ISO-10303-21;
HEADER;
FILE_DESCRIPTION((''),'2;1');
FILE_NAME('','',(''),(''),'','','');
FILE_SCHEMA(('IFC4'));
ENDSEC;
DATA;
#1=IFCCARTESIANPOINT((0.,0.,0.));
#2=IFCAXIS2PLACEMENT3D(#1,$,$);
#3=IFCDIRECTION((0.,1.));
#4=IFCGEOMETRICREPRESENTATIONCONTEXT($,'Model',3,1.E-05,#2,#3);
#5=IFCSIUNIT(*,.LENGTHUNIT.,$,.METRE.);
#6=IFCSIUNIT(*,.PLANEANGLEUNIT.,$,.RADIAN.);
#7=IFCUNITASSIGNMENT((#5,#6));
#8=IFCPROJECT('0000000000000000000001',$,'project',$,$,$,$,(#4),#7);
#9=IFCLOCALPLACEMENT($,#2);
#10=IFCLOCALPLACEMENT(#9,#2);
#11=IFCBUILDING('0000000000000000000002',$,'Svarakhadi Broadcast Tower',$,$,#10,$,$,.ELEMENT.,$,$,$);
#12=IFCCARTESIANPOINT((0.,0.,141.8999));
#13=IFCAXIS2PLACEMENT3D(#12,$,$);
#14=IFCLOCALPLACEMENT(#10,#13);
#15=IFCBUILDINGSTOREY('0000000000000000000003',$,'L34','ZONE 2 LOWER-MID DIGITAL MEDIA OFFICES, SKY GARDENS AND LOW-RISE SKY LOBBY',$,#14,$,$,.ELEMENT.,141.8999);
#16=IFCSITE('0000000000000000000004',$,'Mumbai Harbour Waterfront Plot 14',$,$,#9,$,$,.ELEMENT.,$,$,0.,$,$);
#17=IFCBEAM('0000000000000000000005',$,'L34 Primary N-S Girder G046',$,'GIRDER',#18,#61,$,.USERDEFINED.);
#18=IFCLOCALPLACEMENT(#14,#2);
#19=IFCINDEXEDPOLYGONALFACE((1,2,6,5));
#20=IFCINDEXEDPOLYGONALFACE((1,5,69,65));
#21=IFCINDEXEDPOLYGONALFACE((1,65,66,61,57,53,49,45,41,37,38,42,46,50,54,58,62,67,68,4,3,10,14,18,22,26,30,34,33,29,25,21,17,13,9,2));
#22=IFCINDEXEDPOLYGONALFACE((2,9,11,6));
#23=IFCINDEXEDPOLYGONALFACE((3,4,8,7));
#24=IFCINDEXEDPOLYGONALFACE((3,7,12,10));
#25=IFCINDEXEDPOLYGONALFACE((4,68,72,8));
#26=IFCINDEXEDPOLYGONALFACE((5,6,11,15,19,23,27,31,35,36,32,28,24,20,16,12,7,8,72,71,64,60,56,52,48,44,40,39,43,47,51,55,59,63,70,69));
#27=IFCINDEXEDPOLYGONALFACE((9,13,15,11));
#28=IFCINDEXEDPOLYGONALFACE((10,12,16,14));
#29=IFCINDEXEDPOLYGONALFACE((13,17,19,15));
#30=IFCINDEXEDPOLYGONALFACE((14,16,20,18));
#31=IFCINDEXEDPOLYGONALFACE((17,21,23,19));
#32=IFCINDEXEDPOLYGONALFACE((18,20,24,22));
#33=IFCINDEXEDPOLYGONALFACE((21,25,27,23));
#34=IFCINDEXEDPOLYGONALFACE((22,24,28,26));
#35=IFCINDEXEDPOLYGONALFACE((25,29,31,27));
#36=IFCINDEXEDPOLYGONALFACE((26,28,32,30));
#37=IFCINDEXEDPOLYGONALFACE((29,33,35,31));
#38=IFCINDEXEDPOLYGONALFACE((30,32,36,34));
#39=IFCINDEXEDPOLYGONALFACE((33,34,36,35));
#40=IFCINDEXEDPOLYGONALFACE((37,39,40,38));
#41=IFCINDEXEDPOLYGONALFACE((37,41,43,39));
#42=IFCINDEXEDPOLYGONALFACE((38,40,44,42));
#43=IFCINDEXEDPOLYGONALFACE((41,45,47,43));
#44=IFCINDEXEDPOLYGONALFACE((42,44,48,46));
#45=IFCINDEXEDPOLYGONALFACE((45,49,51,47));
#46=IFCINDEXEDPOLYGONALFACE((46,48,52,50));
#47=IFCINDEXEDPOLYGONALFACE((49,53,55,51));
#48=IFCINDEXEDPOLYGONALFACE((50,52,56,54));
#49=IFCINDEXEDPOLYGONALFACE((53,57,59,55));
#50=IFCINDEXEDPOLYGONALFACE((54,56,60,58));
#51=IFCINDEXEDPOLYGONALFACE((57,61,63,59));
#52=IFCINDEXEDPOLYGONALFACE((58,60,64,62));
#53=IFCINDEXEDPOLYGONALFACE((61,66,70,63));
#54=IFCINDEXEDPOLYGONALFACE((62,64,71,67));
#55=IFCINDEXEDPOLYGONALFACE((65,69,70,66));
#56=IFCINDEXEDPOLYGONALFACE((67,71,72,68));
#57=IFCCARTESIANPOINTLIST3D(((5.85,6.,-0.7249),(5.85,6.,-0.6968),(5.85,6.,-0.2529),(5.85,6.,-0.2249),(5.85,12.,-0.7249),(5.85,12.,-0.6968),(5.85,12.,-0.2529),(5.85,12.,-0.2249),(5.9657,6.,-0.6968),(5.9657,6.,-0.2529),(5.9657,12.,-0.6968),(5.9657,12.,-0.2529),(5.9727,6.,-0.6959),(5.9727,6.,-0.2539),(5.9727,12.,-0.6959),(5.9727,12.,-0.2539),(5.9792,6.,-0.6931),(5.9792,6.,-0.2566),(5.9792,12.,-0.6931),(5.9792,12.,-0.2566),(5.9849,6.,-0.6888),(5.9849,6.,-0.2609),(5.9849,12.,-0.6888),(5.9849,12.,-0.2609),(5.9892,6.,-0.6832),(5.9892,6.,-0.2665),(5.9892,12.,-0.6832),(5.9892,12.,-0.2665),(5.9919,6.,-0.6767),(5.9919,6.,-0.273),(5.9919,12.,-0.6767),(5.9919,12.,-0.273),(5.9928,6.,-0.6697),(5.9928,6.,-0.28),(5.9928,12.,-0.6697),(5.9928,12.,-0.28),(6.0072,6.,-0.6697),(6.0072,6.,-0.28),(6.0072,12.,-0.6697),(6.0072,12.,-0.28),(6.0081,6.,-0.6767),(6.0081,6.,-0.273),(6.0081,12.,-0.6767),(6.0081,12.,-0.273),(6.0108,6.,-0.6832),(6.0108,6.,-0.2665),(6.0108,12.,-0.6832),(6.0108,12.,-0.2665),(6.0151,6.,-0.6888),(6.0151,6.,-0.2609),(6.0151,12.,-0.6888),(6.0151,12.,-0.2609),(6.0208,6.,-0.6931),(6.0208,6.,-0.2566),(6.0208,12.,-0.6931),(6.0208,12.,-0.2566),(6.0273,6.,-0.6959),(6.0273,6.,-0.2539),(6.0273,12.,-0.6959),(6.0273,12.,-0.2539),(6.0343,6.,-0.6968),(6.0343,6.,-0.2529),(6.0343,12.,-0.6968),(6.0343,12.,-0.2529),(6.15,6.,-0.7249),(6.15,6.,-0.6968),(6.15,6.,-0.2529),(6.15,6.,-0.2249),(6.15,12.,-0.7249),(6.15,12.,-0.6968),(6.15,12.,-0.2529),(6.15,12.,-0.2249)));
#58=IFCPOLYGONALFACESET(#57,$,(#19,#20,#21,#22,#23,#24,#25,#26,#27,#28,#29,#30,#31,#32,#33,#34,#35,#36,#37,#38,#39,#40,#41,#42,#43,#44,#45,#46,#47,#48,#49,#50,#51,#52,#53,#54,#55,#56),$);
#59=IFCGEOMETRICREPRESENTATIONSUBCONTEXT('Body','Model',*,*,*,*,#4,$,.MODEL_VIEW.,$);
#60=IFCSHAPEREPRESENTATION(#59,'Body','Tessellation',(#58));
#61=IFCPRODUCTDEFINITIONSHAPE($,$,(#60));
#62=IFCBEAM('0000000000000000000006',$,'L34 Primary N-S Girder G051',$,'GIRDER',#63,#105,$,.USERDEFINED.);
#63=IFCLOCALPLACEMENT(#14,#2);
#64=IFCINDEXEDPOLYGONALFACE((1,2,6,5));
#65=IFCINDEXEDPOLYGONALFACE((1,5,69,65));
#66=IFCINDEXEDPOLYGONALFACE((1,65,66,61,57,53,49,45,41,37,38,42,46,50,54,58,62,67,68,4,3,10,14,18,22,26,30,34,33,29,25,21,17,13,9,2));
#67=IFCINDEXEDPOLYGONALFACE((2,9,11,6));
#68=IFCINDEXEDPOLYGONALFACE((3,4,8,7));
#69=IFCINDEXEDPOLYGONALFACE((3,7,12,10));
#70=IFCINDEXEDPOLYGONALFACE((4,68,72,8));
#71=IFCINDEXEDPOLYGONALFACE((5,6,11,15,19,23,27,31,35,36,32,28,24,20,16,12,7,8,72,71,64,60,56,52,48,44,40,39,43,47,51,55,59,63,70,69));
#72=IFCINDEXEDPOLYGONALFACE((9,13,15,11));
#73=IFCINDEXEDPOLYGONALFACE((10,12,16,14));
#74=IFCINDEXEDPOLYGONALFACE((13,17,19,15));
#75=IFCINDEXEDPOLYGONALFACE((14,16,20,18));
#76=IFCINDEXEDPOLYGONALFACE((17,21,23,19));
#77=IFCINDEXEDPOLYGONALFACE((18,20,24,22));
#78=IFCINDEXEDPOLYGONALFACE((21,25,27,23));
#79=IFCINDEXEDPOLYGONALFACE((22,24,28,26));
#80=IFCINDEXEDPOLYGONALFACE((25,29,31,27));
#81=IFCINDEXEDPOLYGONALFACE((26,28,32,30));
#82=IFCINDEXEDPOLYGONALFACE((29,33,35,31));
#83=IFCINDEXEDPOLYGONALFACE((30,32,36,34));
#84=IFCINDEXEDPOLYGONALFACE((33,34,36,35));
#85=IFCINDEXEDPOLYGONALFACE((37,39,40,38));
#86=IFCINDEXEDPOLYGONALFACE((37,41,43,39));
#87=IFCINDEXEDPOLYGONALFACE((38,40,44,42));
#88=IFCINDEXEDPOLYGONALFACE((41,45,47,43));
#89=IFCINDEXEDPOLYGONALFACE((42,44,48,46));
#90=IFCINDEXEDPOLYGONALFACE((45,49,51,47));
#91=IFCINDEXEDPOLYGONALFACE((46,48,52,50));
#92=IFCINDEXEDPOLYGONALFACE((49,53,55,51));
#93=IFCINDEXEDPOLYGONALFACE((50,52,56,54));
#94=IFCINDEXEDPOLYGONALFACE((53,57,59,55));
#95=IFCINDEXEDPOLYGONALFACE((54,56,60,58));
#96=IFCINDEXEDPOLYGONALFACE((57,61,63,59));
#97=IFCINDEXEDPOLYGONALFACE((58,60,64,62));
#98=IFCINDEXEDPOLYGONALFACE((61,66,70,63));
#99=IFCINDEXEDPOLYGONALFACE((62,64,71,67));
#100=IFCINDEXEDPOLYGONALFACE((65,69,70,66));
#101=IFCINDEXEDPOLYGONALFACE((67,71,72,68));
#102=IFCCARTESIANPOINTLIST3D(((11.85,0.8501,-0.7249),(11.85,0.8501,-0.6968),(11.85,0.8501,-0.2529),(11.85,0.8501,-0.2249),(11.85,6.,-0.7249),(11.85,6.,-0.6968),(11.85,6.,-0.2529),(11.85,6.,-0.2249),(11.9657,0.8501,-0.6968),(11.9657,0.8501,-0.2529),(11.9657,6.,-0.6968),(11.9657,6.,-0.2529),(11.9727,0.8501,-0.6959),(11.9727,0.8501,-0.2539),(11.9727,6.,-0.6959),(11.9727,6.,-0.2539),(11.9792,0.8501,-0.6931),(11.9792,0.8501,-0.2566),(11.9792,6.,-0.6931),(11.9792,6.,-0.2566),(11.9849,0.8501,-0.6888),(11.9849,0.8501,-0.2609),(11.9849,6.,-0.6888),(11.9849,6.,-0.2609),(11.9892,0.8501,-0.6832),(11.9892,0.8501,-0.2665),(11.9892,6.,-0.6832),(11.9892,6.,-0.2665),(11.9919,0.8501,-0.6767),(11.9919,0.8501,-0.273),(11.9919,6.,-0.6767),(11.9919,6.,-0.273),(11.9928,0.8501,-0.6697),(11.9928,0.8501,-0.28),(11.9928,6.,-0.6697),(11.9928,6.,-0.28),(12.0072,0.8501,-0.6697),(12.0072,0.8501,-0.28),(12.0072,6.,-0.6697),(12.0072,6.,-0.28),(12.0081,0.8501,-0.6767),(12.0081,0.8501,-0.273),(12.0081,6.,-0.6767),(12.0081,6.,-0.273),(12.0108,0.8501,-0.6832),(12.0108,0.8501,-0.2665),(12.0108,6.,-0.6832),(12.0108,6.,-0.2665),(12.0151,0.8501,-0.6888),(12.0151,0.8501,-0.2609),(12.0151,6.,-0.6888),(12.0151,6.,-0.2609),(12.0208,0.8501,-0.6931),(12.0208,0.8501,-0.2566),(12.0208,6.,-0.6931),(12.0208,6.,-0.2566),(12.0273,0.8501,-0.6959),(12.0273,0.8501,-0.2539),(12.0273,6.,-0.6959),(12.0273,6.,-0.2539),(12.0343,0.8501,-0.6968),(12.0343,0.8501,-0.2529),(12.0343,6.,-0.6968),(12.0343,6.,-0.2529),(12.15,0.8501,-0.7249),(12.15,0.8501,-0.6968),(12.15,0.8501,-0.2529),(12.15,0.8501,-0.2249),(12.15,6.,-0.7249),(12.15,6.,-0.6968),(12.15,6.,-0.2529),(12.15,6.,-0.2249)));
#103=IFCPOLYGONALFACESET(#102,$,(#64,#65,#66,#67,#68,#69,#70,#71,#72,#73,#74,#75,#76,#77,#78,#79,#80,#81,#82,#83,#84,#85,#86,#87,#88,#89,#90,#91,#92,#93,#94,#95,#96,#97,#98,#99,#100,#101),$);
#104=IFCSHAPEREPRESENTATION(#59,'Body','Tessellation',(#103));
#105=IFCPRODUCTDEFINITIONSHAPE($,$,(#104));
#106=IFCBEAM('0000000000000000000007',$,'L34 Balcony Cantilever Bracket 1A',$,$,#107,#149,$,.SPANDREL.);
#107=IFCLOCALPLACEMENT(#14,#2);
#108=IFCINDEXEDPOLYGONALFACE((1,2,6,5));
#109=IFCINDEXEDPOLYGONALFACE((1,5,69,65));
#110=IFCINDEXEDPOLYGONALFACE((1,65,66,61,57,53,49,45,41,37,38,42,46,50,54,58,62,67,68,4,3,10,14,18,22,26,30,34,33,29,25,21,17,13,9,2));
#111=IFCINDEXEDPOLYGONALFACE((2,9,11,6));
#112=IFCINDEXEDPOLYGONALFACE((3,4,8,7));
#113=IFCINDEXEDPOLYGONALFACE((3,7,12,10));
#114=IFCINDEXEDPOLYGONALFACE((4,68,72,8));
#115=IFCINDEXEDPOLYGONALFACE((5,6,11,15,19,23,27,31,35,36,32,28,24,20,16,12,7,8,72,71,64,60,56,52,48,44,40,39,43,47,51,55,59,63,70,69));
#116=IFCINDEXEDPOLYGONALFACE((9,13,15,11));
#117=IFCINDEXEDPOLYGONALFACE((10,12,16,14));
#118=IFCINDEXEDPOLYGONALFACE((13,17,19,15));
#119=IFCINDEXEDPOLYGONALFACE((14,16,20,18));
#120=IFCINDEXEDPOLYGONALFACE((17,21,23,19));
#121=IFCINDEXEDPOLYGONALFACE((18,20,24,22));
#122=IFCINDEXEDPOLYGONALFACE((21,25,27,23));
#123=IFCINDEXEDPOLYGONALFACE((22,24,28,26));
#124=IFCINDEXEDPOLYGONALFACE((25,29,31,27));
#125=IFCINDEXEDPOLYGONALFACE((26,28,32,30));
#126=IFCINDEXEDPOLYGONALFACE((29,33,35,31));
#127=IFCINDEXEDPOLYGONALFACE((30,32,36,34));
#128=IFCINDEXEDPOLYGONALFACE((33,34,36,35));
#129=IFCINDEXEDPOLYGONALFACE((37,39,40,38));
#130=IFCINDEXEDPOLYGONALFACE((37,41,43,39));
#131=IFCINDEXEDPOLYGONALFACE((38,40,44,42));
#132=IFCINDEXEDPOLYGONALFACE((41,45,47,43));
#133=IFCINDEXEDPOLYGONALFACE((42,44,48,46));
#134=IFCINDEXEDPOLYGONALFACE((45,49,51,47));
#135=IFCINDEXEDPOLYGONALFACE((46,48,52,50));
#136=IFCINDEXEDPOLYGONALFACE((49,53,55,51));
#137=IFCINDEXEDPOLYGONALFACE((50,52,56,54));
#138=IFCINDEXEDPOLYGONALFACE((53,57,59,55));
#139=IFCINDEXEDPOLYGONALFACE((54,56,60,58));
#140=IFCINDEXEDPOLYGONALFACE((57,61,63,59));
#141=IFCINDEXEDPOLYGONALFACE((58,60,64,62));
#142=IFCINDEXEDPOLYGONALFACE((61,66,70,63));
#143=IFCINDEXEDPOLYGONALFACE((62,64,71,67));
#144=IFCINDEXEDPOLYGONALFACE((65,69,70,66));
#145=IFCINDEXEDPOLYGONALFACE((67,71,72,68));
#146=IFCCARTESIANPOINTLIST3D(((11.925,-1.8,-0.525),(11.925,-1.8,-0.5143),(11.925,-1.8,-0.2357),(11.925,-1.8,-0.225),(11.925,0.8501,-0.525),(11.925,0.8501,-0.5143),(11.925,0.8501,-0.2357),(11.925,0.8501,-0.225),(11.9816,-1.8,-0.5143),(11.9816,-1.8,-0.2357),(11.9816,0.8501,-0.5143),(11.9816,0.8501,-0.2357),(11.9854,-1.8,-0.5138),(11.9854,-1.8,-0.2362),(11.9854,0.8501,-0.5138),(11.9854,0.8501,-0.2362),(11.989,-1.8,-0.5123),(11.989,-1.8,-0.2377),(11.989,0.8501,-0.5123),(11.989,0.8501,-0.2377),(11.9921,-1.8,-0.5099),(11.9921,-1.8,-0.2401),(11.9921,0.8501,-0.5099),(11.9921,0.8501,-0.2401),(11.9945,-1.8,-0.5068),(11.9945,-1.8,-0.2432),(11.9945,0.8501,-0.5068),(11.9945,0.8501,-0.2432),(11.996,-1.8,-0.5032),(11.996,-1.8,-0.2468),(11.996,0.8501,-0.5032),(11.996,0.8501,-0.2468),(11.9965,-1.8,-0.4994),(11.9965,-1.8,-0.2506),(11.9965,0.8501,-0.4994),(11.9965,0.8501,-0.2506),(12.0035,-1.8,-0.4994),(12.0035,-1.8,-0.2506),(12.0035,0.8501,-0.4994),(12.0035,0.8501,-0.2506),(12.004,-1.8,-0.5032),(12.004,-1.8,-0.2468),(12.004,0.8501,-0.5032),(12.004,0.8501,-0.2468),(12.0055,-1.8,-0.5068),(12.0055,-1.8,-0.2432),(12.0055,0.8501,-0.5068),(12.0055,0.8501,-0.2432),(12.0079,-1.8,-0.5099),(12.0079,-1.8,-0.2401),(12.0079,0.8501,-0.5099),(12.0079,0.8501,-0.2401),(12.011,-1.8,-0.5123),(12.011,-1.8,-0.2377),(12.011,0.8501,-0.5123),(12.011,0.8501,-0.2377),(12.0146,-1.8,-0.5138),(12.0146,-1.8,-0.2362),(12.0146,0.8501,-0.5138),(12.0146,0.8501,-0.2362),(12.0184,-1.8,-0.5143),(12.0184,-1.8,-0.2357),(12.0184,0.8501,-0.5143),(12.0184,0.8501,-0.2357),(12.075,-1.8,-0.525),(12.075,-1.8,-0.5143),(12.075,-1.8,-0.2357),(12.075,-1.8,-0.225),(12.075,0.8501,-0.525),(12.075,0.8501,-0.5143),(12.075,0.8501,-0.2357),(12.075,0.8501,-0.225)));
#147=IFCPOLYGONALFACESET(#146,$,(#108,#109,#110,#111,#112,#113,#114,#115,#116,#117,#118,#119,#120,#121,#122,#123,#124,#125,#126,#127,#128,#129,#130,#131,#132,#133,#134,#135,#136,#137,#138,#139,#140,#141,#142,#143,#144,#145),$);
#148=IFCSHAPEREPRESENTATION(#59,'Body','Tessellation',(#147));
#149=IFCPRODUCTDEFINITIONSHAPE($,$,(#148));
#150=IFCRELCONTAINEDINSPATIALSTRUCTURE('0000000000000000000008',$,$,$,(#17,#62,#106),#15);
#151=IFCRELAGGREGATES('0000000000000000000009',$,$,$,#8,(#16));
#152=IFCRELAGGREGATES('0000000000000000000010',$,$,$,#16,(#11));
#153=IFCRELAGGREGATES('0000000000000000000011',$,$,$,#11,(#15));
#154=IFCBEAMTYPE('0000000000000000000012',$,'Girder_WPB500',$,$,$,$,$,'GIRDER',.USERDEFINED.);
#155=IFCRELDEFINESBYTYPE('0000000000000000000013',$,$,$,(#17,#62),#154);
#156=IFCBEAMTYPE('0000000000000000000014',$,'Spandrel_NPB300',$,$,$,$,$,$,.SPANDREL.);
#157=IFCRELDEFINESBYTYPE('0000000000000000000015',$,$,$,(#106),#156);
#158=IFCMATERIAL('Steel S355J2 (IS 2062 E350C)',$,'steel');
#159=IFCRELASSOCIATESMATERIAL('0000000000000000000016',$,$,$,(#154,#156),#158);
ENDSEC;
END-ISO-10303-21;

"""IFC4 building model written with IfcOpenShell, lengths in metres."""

from ifc_helpers import new_model, si_unit, direction, frame, origin, origin_2d, place, context, subcontext, project, spatial, i_section, extrude, material, material_profile, profile_set, type_object, element, save


model = new_model("IFC4")

# Units and contexts
model_context = context("Model", 3, precision=1e-05, world=origin(), true_north=direction((0.0, 1.0)))
body_context = subcontext(model_context, "Body", "Model", "MODEL_VIEW")
ifc_project = project(units=[si_unit("LENGTHUNIT", "METRE"), si_unit("PLANEANGLEUNIT", "RADIAN")], contexts=[model_context])

# Site, building, storey
site_placement = place(None, origin())
site = spatial("IfcSite", under=ifc_project, at=site_placement, Name="Mumbai Harbour Waterfront Plot 14", CompositionType="ELEMENT", RefElevation=0.0)
building_placement = place(site_placement, origin())
building = spatial("IfcBuilding", under=site, at=building_placement, Name="Svarakhadi Broadcast Tower", CompositionType="ELEMENT")
storey_placement = place(building_placement, frame((0.0, 0.0, 141.8999)))
storey = spatial("IfcBuildingStorey", under=building, at=storey_placement, Name="L34", Description="ZONE 2 LOWER-MID DIGITAL MEDIA OFFICES, SKY GARDENS AND LOW-RISE SKY LOBBY", CompositionType="ELEMENT", Elevation=141.8999)

# Shared definitions
ifc_material_1 = material(Name="Steel S355J2 (IS 2062 E350C)", Category="steel")

# Beams
ifc_material_profile_1 = material_profile(ifc_material_1, i_section(OverallWidth=0.3, OverallDepth=0.5, WebThickness=0.0144, FlangeThickness=0.0281, FilletRadius=0.0271, at=origin_2d()), Name="WPB 500x300x187")
ifc_profile_set_1 = profile_set([ifc_material_profile_1], Name="Steel S355J2 (IS 2062 E350C)")
beam_type_1 = type_object("IfcBeamType", Name="Girder_WPB500", ElementType="GIRDER", PredefinedType="USERDEFINED", material=ifc_profile_set_1)
beam_1_placement = place(storey_placement, frame((6.0, 6.0, -0.4749), z_axis=(0.0, 1.0, 0.0), x_axis=(-1.0, 0.0, 0.0)))
element("IfcBeam", 1, at=beam_1_placement, inside=storey, type_object=beam_type_1, Name="L34 Primary N-S Girder G046", ObjectType="GIRDER", PredefinedType="USERDEFINED", context=body_context, shape_type="SweptSolid", body=[
    extrude(i_section(OverallWidth=0.3, OverallDepth=0.5, WebThickness=0.0144, FlangeThickness=0.0281, FilletRadius=0.0271, at=origin_2d()), origin(), (0.0, 0.0, 1.0), 6.0),
])
beam_2_placement = place(storey_placement, frame((12.0, 0.8501, -0.4749), z_axis=(0.0, 1.0, 0.0), x_axis=(-1.0, 0.0, 0.0)))
element("IfcBeam", 2, at=beam_2_placement, inside=storey, type_object=beam_type_1, Name="L34 Primary N-S Girder G051", ObjectType="GIRDER", PredefinedType="USERDEFINED", context=body_context, shape_type="SweptSolid", body=[
    extrude(i_section(OverallWidth=0.3, OverallDepth=0.5, WebThickness=0.0144, FlangeThickness=0.0281, FilletRadius=0.0271, at=origin_2d()), origin(), (0.0, 0.0, 1.0), 5.1499),
])
ifc_material_profile_2 = material_profile(ifc_material_1, i_section(OverallWidth=0.1499, OverallDepth=0.3, WebThickness=0.0071, FlangeThickness=0.0107, FilletRadius=0.0149, at=origin_2d()), Name="NPB 300x150x37")
ifc_profile_set_2 = profile_set([ifc_material_profile_2], Name="Steel S355J2 (IS 2062 E350C)")
beam_type_2 = type_object("IfcBeamType", Name="Spandrel_NPB300", PredefinedType="SPANDREL", material=ifc_profile_set_2)
beam_3_placement = place(storey_placement, frame((12.0, 0.8501, -0.375), z_axis=(0.0, -1.0, 0.0), x_axis=(1.0, 0.0, 0.0)))
element("IfcBeam", 3, at=beam_3_placement, inside=storey, type_object=beam_type_2, Name="L34 Balcony Cantilever Bracket 1A", PredefinedType="SPANDREL", context=body_context, shape_type="SweptSolid", body=[
    extrude(i_section(OverallWidth=0.1499, OverallDepth=0.3, WebThickness=0.0071, FlangeThickness=0.0107, FilletRadius=0.0149, at=origin_2d()), origin(), (0.0, 0.0, 1.0), 2.6501),
])

save(model, "model.ifc")
